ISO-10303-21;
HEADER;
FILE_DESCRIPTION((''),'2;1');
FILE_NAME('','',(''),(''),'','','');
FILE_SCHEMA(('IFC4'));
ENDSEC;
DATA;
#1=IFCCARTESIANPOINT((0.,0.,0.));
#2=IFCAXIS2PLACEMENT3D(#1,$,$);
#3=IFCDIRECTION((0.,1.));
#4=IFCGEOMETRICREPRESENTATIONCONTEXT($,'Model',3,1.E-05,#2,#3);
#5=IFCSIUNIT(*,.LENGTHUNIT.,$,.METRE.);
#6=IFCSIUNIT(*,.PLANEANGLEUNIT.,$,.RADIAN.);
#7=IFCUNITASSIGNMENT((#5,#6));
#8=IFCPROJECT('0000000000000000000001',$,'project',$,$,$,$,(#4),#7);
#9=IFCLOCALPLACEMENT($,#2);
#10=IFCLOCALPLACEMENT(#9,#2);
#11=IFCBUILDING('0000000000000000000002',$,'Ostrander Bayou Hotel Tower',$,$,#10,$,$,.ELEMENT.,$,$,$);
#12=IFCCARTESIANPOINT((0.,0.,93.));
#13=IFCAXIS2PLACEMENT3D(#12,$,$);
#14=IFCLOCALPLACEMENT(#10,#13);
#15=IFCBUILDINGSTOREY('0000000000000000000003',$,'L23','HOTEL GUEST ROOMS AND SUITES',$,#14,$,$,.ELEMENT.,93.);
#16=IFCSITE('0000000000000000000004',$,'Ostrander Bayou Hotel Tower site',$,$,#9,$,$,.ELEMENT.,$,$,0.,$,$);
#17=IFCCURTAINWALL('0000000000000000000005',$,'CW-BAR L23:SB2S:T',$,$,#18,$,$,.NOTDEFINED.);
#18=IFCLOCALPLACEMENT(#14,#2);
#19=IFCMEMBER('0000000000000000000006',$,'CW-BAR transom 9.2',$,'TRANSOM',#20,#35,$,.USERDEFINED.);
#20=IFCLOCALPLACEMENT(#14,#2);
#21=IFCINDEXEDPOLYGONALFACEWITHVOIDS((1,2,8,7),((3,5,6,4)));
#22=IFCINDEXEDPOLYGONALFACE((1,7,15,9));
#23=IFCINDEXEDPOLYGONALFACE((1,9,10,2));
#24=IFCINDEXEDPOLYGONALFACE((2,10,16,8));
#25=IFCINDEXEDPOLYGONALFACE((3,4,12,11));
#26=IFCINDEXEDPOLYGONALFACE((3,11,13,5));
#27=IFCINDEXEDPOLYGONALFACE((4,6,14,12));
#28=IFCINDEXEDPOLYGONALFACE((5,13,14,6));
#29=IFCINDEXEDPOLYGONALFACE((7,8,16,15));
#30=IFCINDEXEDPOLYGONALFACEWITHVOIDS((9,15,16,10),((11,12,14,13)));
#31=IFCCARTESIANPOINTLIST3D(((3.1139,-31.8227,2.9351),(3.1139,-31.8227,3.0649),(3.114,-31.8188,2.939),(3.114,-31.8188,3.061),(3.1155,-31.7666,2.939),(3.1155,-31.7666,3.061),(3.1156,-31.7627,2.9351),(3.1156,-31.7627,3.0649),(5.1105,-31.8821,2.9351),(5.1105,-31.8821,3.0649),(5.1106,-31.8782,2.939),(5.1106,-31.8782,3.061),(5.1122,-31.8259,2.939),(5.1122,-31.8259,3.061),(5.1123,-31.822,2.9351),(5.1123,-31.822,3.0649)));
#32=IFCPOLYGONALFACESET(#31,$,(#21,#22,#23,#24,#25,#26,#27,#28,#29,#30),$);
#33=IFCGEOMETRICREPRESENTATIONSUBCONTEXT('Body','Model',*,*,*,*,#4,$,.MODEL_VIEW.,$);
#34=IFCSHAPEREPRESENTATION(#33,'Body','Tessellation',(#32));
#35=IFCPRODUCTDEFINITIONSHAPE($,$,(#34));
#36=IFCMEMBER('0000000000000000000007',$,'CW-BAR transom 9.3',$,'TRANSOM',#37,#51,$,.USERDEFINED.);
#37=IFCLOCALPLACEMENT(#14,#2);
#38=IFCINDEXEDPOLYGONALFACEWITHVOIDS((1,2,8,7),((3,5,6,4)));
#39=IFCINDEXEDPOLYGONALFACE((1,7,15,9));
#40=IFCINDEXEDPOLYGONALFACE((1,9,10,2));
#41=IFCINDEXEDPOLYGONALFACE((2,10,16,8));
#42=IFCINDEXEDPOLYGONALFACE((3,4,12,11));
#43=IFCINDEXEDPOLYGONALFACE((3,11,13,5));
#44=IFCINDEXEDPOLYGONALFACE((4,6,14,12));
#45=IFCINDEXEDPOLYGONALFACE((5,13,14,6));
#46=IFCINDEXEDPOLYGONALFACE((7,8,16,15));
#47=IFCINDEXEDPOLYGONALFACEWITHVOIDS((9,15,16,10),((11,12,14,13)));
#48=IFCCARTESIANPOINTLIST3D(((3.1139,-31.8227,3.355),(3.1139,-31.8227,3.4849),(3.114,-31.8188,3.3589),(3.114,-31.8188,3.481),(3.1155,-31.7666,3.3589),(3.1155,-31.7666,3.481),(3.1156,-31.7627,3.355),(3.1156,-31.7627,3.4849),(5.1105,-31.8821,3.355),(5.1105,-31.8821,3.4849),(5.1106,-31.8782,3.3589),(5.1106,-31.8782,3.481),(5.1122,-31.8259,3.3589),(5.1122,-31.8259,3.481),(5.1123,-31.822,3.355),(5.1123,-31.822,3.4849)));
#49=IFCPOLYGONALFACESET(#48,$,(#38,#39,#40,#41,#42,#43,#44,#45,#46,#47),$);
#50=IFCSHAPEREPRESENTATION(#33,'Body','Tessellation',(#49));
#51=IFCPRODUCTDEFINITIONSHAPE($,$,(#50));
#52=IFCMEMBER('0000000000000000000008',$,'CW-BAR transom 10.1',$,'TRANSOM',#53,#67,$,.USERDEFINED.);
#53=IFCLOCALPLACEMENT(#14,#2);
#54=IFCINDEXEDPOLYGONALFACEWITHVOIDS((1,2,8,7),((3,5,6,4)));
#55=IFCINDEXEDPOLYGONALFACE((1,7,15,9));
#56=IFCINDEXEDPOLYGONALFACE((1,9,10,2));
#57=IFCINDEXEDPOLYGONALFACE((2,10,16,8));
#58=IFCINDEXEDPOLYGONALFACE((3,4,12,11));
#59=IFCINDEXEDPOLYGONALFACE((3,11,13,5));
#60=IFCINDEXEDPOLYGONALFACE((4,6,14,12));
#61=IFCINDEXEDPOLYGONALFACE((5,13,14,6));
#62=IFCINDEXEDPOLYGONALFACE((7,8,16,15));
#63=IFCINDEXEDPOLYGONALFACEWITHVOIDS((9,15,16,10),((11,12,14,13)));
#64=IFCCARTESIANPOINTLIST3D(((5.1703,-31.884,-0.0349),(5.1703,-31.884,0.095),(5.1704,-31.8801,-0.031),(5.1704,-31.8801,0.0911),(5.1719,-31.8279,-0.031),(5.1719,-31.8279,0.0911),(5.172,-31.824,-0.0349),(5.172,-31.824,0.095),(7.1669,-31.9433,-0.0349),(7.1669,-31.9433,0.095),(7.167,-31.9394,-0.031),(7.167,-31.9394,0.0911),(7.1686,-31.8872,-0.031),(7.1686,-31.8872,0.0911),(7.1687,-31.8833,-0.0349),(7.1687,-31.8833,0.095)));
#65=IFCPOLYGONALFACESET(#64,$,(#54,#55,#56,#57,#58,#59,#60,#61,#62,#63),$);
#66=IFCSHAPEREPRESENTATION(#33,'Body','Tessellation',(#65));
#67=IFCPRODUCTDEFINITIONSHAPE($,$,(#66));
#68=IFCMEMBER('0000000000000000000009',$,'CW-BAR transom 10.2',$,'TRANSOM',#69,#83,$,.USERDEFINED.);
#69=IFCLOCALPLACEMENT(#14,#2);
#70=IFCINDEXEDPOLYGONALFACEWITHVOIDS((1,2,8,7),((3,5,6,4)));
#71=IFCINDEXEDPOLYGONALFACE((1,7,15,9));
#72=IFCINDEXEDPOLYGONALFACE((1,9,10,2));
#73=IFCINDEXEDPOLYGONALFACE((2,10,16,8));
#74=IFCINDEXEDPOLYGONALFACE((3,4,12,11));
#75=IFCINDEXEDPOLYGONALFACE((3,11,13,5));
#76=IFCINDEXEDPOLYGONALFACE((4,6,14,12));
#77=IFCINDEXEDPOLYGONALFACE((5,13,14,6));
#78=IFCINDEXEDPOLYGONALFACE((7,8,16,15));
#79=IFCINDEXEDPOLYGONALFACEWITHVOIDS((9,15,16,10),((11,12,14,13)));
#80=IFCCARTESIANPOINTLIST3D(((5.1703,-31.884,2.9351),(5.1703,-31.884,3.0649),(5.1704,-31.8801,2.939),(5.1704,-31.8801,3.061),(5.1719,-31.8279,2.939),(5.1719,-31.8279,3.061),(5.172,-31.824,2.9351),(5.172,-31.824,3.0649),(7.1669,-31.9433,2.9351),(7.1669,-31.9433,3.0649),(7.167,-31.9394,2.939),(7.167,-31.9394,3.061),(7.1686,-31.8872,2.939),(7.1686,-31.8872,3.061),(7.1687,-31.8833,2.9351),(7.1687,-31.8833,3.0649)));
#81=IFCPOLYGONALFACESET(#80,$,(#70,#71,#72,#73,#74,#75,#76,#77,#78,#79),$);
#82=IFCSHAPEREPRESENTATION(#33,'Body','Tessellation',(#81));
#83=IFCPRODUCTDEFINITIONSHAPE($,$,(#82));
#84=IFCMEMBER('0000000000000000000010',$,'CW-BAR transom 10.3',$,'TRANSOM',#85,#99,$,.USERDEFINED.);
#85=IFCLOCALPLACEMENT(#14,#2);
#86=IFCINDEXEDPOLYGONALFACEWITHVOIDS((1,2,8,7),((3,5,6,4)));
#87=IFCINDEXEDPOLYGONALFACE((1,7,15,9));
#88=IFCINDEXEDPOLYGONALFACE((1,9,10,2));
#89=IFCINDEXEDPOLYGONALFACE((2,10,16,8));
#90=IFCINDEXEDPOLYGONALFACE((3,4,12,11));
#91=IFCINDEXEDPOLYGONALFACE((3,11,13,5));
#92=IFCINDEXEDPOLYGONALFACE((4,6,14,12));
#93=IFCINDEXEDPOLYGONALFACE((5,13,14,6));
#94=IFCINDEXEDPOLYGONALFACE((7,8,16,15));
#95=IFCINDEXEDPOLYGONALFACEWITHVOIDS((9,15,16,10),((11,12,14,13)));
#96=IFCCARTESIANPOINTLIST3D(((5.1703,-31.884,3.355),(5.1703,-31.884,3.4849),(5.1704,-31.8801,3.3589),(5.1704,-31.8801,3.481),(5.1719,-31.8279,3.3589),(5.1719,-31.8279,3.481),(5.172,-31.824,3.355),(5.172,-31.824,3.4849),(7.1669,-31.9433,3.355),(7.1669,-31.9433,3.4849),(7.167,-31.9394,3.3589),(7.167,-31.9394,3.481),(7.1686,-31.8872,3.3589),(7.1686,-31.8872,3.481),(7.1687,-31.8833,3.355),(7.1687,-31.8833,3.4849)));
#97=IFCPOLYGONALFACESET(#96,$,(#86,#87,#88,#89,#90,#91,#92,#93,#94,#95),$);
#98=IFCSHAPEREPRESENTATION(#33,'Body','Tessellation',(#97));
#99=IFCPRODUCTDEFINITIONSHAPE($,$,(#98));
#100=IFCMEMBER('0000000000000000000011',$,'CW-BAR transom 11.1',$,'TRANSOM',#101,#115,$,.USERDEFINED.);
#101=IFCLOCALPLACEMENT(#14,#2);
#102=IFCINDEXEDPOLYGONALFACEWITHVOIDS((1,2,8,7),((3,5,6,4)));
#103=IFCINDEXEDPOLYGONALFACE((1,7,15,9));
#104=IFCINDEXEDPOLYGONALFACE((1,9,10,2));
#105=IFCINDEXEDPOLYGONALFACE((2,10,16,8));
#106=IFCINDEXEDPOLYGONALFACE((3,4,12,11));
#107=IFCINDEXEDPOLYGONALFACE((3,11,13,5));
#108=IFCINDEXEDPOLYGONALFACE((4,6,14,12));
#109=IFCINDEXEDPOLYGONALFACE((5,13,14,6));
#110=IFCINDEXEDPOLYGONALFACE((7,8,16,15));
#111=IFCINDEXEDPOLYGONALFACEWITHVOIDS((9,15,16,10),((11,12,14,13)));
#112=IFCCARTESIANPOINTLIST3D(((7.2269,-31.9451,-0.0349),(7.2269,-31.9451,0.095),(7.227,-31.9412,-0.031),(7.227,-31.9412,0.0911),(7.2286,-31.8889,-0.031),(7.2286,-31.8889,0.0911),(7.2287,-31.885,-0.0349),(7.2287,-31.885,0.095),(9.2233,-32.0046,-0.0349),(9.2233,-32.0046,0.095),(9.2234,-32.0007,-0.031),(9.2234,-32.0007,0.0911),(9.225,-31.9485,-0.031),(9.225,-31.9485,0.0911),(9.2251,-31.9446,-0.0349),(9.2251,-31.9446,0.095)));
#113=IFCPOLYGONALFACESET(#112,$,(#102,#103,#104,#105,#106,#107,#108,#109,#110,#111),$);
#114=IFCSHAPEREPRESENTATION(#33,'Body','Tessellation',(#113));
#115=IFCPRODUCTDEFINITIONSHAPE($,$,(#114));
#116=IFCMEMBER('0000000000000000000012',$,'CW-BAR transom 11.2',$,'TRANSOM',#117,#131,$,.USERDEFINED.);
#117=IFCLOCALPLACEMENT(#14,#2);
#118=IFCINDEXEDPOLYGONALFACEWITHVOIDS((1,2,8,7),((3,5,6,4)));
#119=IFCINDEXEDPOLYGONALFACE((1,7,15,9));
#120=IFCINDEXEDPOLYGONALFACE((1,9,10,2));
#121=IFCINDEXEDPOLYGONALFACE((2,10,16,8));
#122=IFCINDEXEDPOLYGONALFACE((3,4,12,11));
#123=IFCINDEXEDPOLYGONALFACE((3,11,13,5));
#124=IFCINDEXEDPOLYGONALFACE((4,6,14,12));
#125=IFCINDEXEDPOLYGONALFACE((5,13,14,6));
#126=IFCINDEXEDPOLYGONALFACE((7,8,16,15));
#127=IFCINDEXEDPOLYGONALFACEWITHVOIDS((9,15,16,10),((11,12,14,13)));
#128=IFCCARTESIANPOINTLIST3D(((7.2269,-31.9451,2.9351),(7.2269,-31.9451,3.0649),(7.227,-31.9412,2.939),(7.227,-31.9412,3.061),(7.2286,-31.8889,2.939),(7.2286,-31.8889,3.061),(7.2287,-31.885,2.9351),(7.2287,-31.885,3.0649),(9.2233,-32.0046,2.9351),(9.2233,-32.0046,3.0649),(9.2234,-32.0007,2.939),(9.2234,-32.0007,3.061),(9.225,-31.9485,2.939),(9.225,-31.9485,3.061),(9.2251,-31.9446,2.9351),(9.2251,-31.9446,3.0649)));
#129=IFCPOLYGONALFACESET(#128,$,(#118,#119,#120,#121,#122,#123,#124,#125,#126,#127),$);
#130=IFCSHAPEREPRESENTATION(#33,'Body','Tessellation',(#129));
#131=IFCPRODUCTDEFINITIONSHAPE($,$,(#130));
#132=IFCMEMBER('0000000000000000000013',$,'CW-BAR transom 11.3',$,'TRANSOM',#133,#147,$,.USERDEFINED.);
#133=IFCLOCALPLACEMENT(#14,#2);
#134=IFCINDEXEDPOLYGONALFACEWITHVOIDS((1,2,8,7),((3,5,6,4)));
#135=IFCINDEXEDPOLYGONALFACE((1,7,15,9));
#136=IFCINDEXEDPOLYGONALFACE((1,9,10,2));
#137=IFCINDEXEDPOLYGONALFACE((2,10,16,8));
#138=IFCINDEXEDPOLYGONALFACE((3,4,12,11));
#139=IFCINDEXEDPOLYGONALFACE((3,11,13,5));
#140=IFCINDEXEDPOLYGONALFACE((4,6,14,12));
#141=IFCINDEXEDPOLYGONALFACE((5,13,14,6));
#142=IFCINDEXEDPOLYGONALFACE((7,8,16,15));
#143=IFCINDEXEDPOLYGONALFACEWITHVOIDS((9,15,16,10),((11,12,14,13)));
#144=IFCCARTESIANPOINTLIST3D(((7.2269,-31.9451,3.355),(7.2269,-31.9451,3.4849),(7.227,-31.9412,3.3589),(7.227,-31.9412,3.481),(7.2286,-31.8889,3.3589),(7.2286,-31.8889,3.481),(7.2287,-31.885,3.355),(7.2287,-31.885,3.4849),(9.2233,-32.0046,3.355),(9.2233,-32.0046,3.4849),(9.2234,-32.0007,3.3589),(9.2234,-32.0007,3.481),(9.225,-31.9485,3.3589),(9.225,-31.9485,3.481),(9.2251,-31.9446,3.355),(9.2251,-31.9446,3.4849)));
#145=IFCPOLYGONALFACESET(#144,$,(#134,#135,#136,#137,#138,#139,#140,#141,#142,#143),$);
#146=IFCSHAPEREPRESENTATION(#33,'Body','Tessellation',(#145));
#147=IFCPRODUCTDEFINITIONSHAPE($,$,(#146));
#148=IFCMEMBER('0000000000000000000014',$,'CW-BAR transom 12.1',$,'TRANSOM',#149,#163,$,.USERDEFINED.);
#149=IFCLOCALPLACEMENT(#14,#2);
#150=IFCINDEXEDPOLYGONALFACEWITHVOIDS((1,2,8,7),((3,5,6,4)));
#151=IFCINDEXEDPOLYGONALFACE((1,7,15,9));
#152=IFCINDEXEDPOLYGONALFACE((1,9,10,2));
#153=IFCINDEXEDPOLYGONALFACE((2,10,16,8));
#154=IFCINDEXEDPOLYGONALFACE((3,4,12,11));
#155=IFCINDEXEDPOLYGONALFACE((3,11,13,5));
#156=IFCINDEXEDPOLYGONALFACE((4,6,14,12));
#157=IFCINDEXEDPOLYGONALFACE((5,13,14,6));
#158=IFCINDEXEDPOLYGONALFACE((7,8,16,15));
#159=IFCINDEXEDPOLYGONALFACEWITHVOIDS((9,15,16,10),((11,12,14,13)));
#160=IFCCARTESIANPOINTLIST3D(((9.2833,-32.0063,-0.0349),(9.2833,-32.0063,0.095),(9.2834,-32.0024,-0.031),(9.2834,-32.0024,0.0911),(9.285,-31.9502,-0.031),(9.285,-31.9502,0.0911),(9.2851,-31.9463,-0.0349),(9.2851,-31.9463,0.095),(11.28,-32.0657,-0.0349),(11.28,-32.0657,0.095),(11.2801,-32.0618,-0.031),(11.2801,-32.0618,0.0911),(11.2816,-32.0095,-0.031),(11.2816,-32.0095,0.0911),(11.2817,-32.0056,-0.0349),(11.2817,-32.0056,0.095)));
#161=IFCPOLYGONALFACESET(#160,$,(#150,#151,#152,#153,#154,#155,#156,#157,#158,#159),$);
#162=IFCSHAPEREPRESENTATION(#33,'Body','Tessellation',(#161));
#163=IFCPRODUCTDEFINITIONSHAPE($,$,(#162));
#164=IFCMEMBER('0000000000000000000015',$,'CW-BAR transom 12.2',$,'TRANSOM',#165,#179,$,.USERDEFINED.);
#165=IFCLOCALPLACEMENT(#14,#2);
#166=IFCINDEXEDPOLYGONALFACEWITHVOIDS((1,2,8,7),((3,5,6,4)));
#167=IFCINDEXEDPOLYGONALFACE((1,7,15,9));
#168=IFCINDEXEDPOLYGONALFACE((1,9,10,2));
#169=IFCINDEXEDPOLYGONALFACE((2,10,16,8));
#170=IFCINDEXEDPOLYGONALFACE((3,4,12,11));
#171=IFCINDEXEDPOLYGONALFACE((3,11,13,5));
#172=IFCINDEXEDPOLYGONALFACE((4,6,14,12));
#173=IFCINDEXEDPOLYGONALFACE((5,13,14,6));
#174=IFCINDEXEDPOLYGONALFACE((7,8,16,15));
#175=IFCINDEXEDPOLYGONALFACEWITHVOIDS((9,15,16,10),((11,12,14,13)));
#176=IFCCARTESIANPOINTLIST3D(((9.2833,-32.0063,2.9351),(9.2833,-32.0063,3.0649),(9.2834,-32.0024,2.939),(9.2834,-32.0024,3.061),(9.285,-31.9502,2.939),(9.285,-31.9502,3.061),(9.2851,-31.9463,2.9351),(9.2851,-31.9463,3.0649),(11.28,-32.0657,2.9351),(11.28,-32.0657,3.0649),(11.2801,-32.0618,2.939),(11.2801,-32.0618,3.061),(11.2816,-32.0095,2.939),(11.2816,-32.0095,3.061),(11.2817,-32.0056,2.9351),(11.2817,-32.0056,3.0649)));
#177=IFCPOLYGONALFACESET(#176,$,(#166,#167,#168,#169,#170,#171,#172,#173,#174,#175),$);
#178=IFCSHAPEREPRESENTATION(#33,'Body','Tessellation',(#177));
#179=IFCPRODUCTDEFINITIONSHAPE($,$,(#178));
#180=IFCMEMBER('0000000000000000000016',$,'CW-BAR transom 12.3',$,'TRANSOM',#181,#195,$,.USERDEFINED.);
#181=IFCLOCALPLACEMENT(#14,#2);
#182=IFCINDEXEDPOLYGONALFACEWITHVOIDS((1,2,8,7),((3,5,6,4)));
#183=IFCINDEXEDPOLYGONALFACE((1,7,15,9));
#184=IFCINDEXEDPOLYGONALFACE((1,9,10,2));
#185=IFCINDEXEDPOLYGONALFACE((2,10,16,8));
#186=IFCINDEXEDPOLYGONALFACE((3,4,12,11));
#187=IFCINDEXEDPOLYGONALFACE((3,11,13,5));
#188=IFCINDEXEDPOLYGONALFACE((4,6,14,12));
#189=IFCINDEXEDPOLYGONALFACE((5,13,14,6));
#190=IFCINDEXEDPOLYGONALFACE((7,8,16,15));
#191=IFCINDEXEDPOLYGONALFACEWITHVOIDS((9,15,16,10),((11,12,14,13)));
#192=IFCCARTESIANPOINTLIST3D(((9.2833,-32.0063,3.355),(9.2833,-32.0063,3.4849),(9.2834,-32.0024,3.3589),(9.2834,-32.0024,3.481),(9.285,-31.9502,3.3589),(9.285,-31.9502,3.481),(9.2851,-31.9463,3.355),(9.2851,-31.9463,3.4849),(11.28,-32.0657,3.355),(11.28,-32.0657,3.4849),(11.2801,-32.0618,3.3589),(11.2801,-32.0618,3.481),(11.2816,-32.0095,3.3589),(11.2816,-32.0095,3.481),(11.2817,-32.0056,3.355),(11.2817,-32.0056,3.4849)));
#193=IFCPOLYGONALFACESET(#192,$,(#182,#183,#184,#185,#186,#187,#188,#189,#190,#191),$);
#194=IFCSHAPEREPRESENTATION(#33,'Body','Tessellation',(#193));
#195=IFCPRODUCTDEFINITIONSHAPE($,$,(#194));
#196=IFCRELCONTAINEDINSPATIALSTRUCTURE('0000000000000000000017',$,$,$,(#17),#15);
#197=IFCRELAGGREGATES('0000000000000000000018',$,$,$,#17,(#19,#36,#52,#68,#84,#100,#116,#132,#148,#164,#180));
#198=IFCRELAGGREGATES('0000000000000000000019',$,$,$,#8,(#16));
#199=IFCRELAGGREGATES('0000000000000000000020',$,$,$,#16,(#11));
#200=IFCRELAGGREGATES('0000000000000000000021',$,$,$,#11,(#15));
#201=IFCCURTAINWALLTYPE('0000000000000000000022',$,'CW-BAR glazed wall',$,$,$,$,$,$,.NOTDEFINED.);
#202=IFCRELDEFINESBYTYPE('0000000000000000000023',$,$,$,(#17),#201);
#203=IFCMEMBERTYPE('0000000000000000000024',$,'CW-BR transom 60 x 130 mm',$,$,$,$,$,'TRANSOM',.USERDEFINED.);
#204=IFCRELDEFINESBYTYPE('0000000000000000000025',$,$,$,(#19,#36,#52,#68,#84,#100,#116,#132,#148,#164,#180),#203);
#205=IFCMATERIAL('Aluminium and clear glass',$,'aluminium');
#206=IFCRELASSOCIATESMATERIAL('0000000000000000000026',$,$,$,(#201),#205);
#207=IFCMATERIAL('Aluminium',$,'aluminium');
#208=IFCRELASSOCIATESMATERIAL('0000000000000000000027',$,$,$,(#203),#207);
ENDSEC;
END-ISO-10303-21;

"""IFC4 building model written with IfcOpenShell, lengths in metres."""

from ifc_helpers import new_model, si_unit, direction, frame, origin, origin_2d, place, context, subcontext, project, spatial, hollow_rectangle, extrude, material, material_profile, profile_set, type_object, element, aggregate, save


model = new_model("IFC4")

# Units and contexts
model_context = context("Model", 3, precision=1e-05, world=origin(), true_north=direction((0.0, 1.0)))
body_context = subcontext(model_context, "Body", "Model", "MODEL_VIEW")
ifc_project = project(units=[si_unit("LENGTHUNIT", "METRE"), si_unit("PLANEANGLEUNIT", "RADIAN")], contexts=[model_context])

# Site, building, storey
site_placement = place(None, origin())
site = spatial("IfcSite", under=ifc_project, at=site_placement, Name="Ostrander Bayou Hotel Tower site", CompositionType="ELEMENT", RefElevation=0.0)
building_placement = place(site_placement, origin())
building = spatial("IfcBuilding", under=site, at=building_placement, Name="Ostrander Bayou Hotel Tower", CompositionType="ELEMENT")
storey_placement = place(building_placement, frame((0.0, 0.0, 93.0)))
storey = spatial("IfcBuildingStorey", under=building, at=storey_placement, Name="L23", Description="HOTEL GUEST ROOMS AND SUITES", CompositionType="ELEMENT", Elevation=93.0)

# Curtain wall, members
ifc_material_1 = material(Name="Aluminium and clear glass", Category="aluminium")
curtain_wall_type = type_object("IfcCurtainWallType", Name="CW-BAR glazed wall", PredefinedType="NOTDEFINED", material=ifc_material_1)
curtain_wall_placement = place(storey_placement, origin())
curtain_wall = element("IfcCurtainWall", 1, at=curtain_wall_placement, inside=storey, type_object=curtain_wall_type, Name="CW-BAR L23:SB2S:T", PredefinedType="NOTDEFINED")
ifc_material_2 = material(Name="Aluminium", Category="aluminium")
ifc_material_profile_1 = material_profile(ifc_material_2, hollow_rectangle(XDim=0.0601, YDim=0.1299, WallThickness=0.0039, at=origin_2d()))
ifc_profile_set_1 = profile_set([ifc_material_profile_1], Name="Aluminium")
member_type_1 = type_object("IfcMemberType", Name="CW-BR transom 60 x 130 mm", ElementType="TRANSOM", PredefinedType="USERDEFINED", material=ifc_profile_set_1)
member_1_placement = place(storey_placement, frame((3.1147, -31.7927, 3.0), z_axis=(0.999559, -0.029701, 0.0), x_axis=(0.029701, 0.999559, 0.0)))
member_1 = element("IfcMember", 2, at=member_1_placement, type_object=member_type_1, Name="CW-BAR transom 9.2", ObjectType="TRANSOM", PredefinedType="USERDEFINED", context=body_context, shape_type="SweptSolid", body=[
    extrude(hollow_rectangle(XDim=0.0601, YDim=0.1299, WallThickness=0.0039, at=origin_2d()), origin(), (0.0, 0.0, 1.0), 1.9976),
])
member_2_placement = place(storey_placement, frame((3.1147, -31.7927, 3.4199), z_axis=(0.999559, -0.029701, 0.0), x_axis=(0.029701, 0.999559, 0.0)))
member_2 = element("IfcMember", 3, at=member_2_placement, type_object=member_type_1, Name="CW-BAR transom 9.3", ObjectType="TRANSOM", PredefinedType="USERDEFINED", context=body_context, shape_type="SweptSolid", body=[
    extrude(hollow_rectangle(XDim=0.0601, YDim=0.1299, WallThickness=0.0039, at=origin_2d()), origin(), (0.0, 0.0, 1.0), 1.9976),
])
member_3_placement = place(storey_placement, frame((5.1711, -31.854, 0.03), z_axis=(0.999559, -0.029701, 0.0), x_axis=(0.029701, 0.999559, 0.0)))
member_3 = element("IfcMember", 4, at=member_3_placement, type_object=member_type_1, Name="CW-BAR transom 10.1", ObjectType="TRANSOM", PredefinedType="USERDEFINED", context=body_context, shape_type="SweptSolid", body=[
    extrude(hollow_rectangle(XDim=0.0601, YDim=0.1299, WallThickness=0.0039, at=origin_2d()), origin(), (0.0, 0.0, 1.0), 1.9976),
])
member_4_placement = place(storey_placement, frame((5.1711, -31.854, 3.0), z_axis=(0.999559, -0.029701, 0.0), x_axis=(0.029701, 0.999559, 0.0)))
member_4 = element("IfcMember", 5, at=member_4_placement, type_object=member_type_1, Name="CW-BAR transom 10.2", ObjectType="TRANSOM", PredefinedType="USERDEFINED", context=body_context, shape_type="SweptSolid", body=[
    extrude(hollow_rectangle(XDim=0.0601, YDim=0.1299, WallThickness=0.0039, at=origin_2d()), origin(), (0.0, 0.0, 1.0), 1.9976),
])
member_5_placement = place(storey_placement, frame((5.1711, -31.854, 3.4199), z_axis=(0.999559, -0.029701, 0.0), x_axis=(0.029701, 0.999559, 0.0)))
member_5 = element("IfcMember", 6, at=member_5_placement, type_object=member_type_1, Name="CW-BAR transom 10.3", ObjectType="TRANSOM", PredefinedType="USERDEFINED", context=body_context, shape_type="SweptSolid", body=[
    extrude(hollow_rectangle(XDim=0.0601, YDim=0.1299, WallThickness=0.0039, at=origin_2d()), origin(), (0.0, 0.0, 1.0), 1.9976),
])
member_6_placement = place(storey_placement, frame((7.2278, -31.915, 0.03), z_axis=(0.999555, -0.029827, 0.0), x_axis=(0.029827, 0.999555, 0.0)))
member_6 = element("IfcMember", 7, at=member_6_placement, type_object=member_type_1, Name="CW-BAR transom 11.1", ObjectType="TRANSOM", PredefinedType="USERDEFINED", context=body_context, shape_type="SweptSolid", body=[
    extrude(hollow_rectangle(XDim=0.0601, YDim=0.1299, WallThickness=0.0039, at=origin_2d()), origin(), (0.0, 0.0, 1.0), 1.9973),
])
member_7_placement = place(storey_placement, frame((7.2278, -31.915, 3.0), z_axis=(0.999555, -0.029827, 0.0), x_axis=(0.029827, 0.999555, 0.0)))
member_7 = element("IfcMember", 8, at=member_7_placement, type_object=member_type_1, Name="CW-BAR transom 11.2", ObjectType="TRANSOM", PredefinedType="USERDEFINED", context=body_context, shape_type="SweptSolid", body=[
    extrude(hollow_rectangle(XDim=0.0601, YDim=0.1299, WallThickness=0.0039, at=origin_2d()), origin(), (0.0, 0.0, 1.0), 1.9973),
])
member_8_placement = place(storey_placement, frame((7.2278, -31.915, 3.4199), z_axis=(0.999555, -0.029827, 0.0), x_axis=(0.029827, 0.999555, 0.0)))
member_8 = element("IfcMember", 9, at=member_8_placement, type_object=member_type_1, Name="CW-BAR transom 11.3", ObjectType="TRANSOM", PredefinedType="USERDEFINED", context=body_context, shape_type="SweptSolid", body=[
    extrude(hollow_rectangle(XDim=0.0601, YDim=0.1299, WallThickness=0.0039, at=origin_2d()), origin(), (0.0, 0.0, 1.0), 1.9973),
])
member_9_placement = place(storey_placement, frame((9.2842, -31.9763, 0.03), z_axis=(0.999559, -0.029701, 0.0), x_axis=(0.029701, 0.999559, 0.0)))
member_9 = element("IfcMember", 10, at=member_9_placement, type_object=member_type_1, Name="CW-BAR transom 12.1", ObjectType="TRANSOM", PredefinedType="USERDEFINED", context=body_context, shape_type="SweptSolid", body=[
    extrude(hollow_rectangle(XDim=0.0601, YDim=0.1299, WallThickness=0.0039, at=origin_2d()), origin(), (0.0, 0.0, 1.0), 1.9976),
])
member_10_placement = place(storey_placement, frame((9.2842, -31.9763, 3.0), z_axis=(0.999559, -0.029701, 0.0), x_axis=(0.029701, 0.999559, 0.0)))
member_10 = element("IfcMember", 11, at=member_10_placement, type_object=member_type_1, Name="CW-BAR transom 12.2", ObjectType="TRANSOM", PredefinedType="USERDEFINED", context=body_context, shape_type="SweptSolid", body=[
    extrude(hollow_rectangle(XDim=0.0601, YDim=0.1299, WallThickness=0.0039, at=origin_2d()), origin(), (0.0, 0.0, 1.0), 1.9976),
])
member_11_placement = place(storey_placement, frame((9.2842, -31.9763, 3.4199), z_axis=(0.999559, -0.029701, 0.0), x_axis=(0.029701, 0.999559, 0.0)))
member_11 = element("IfcMember", 12, at=member_11_placement, type_object=member_type_1, Name="CW-BAR transom 12.3", ObjectType="TRANSOM", PredefinedType="USERDEFINED", context=body_context, shape_type="SweptSolid", body=[
    extrude(hollow_rectangle(XDim=0.0601, YDim=0.1299, WallThickness=0.0039, at=origin_2d()), origin(), (0.0, 0.0, 1.0), 1.9976),
])
aggregate(curtain_wall, [member_1, member_2, member_3, member_4, member_5, member_6, member_7, member_8, member_9, member_10, member_11])

save(model, "model.ifc")
